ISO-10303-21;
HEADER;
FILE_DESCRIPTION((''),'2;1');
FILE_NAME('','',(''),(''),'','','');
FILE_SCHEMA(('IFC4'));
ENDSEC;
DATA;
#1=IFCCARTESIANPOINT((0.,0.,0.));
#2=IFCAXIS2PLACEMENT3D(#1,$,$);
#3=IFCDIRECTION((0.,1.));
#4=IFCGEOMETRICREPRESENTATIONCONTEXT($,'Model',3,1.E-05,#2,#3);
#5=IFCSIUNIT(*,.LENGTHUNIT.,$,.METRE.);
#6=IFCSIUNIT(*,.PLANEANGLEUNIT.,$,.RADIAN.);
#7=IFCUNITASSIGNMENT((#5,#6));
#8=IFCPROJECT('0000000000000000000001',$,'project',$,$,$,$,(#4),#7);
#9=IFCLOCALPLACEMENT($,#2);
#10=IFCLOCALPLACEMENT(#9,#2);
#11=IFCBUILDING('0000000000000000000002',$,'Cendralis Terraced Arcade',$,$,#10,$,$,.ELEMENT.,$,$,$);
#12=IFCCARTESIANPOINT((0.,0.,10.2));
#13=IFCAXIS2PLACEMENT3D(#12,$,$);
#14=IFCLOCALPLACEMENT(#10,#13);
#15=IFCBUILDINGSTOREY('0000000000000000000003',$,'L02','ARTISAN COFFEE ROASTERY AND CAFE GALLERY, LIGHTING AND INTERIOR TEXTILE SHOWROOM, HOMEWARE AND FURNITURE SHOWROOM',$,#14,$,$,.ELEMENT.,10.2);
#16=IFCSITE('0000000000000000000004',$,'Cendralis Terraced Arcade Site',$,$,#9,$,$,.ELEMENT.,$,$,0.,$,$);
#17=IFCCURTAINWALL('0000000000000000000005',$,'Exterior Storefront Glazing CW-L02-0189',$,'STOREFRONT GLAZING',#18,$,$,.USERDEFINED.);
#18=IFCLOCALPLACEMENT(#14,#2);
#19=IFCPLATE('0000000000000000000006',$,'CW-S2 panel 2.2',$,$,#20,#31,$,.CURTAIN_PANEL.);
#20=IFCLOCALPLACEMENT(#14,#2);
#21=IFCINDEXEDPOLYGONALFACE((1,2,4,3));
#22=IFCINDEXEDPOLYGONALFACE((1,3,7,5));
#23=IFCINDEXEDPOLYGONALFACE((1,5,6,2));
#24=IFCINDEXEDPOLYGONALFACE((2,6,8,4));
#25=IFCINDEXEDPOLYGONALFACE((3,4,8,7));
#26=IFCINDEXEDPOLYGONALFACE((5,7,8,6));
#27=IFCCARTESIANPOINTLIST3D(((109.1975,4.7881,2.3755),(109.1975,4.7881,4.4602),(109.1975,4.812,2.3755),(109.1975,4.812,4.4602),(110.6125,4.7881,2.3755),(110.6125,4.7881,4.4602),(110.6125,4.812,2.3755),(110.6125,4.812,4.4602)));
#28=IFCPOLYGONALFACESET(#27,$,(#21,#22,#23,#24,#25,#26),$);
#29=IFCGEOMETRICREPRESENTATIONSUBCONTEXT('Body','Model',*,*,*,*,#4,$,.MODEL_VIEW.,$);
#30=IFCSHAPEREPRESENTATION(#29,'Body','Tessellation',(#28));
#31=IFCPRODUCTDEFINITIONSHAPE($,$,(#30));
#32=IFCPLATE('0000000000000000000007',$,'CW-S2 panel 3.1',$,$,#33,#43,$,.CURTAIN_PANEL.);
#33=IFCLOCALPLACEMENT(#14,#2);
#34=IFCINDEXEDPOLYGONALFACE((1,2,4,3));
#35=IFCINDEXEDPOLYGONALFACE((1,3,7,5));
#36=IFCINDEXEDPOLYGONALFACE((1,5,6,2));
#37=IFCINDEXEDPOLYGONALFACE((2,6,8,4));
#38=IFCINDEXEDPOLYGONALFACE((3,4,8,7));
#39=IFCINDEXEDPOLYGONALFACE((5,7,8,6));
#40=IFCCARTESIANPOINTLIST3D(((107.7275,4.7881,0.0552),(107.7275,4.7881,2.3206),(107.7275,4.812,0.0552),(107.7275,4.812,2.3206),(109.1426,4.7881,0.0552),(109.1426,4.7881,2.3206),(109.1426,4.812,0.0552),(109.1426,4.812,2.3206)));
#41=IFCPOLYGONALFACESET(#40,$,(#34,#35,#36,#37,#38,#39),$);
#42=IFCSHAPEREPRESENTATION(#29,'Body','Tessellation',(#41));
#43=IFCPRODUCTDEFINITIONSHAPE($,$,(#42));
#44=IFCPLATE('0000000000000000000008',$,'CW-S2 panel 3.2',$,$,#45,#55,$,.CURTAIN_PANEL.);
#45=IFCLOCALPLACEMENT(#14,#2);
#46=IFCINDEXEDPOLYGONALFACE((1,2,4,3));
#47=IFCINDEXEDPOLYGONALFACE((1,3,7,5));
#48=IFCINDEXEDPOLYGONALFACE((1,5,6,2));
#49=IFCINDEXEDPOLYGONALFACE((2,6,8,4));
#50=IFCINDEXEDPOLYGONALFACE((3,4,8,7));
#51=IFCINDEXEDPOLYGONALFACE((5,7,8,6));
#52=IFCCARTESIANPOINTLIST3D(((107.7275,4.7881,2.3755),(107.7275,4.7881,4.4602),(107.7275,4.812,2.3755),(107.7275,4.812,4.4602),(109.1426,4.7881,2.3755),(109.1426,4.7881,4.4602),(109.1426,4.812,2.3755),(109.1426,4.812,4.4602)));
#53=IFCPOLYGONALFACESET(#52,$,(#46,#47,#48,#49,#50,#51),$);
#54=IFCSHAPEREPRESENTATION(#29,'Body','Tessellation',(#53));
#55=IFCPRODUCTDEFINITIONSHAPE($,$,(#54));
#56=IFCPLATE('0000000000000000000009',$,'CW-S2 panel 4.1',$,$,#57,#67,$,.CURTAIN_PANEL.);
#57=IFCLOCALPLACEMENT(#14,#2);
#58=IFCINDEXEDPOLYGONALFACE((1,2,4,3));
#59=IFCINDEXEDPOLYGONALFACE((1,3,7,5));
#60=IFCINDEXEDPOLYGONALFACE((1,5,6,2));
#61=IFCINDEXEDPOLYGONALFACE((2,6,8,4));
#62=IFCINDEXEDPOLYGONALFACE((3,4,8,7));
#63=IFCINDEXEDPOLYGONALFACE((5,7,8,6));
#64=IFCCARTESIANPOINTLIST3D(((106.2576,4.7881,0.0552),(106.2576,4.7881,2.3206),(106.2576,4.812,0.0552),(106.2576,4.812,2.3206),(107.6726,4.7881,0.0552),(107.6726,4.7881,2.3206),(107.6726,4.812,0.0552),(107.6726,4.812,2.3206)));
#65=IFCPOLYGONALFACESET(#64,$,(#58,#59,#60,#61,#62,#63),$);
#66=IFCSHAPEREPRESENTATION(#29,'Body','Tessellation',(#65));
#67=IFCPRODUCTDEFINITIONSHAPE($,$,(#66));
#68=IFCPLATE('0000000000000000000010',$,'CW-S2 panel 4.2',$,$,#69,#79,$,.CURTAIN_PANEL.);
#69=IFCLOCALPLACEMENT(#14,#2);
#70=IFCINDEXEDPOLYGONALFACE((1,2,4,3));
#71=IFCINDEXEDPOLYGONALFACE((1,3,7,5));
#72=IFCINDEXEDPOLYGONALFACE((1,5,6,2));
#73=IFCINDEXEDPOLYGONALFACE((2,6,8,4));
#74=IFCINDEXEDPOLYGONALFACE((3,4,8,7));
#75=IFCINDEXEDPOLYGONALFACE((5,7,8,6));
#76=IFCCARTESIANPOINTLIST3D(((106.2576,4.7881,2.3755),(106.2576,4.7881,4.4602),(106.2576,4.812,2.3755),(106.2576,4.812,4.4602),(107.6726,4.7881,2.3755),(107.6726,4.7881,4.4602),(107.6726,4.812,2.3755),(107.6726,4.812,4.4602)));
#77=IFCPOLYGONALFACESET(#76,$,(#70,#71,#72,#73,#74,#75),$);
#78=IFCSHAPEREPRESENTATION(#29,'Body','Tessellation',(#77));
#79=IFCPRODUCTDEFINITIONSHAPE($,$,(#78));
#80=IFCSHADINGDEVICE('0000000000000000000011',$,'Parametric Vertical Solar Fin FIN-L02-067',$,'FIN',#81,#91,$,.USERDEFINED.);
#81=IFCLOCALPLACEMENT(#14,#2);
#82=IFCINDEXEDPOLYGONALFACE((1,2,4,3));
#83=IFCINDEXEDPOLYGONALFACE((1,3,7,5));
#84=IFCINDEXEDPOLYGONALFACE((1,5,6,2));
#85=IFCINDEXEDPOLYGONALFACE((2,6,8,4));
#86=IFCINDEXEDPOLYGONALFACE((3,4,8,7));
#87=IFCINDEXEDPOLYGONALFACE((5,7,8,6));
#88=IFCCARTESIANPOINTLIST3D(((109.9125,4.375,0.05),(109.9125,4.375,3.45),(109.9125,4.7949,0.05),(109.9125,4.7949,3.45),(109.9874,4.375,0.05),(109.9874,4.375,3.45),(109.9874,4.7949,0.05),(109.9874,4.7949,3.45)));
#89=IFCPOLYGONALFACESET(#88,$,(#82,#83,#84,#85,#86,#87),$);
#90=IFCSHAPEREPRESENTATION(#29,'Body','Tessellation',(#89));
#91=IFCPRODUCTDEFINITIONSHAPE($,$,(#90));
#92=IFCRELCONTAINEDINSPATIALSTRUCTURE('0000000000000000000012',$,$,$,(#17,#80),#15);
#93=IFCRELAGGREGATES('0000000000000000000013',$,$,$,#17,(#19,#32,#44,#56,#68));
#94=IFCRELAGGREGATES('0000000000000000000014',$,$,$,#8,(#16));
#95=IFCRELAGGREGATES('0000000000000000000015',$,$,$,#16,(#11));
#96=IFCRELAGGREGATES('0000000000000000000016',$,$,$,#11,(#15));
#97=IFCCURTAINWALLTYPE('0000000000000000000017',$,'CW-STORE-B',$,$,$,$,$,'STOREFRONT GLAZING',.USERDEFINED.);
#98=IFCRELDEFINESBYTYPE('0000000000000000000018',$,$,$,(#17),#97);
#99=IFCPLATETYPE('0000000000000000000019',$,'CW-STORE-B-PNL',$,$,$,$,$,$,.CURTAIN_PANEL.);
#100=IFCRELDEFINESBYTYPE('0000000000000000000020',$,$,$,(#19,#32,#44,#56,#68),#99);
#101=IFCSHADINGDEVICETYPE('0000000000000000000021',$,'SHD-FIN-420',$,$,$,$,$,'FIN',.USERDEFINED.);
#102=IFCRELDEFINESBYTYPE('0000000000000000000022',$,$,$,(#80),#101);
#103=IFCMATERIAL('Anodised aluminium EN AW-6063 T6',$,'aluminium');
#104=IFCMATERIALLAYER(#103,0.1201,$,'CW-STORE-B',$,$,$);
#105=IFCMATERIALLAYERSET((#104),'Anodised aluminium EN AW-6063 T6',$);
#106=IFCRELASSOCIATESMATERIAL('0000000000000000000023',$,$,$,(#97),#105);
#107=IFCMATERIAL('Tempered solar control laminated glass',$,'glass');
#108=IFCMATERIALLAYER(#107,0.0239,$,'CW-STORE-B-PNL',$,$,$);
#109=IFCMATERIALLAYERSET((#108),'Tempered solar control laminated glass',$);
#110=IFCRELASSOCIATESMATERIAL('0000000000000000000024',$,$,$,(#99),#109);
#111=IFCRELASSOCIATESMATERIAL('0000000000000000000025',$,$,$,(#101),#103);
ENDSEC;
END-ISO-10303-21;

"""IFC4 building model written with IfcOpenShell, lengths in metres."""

from ifc_helpers import new_model, si_unit, direction, frame, origin, origin_2d, place, context, subcontext, project, spatial, rectangle, extrude, material, layer, layer_set, type_object, element, aggregate, save


model = new_model("IFC4")

# Units and contexts
model_context = context("Model", 3, precision=1e-05, world=origin(), true_north=direction((0.0, 1.0)))
body_context = subcontext(model_context, "Body", "Model", "MODEL_VIEW")
ifc_project = project(units=[si_unit("LENGTHUNIT", "METRE"), si_unit("PLANEANGLEUNIT", "RADIAN")], contexts=[model_context])

# Site, building, storey
site_placement = place(None, origin())
site = spatial("IfcSite", under=ifc_project, at=site_placement, Name="Cendralis Terraced Arcade Site", CompositionType="ELEMENT", RefElevation=0.0)
building_placement = place(site_placement, origin())
building = spatial("IfcBuilding", under=site, at=building_placement, Name="Cendralis Terraced Arcade", CompositionType="ELEMENT")
storey_placement = place(building_placement, frame((0.0, 0.0, 10.2)))
storey = spatial("IfcBuildingStorey", under=building, at=storey_placement, Name="L02", Description="ARTISAN COFFEE ROASTERY AND CAFE GALLERY, LIGHTING AND INTERIOR TEXTILE SHOWROOM, HOMEWARE AND FURNITURE SHOWROOM", CompositionType="ELEMENT", Elevation=10.2)

# Curtain wall, plates
ifc_material_1 = material(Name="Anodised aluminium EN AW-6063 T6", Category="aluminium")
ifc_layer_1 = layer(ifc_material_1, 0.1201, Name="CW-STORE-B")
ifc_layer_set_1 = layer_set([ifc_layer_1], Name="Anodised aluminium EN AW-6063 T6")
curtain_wall_type = type_object("IfcCurtainWallType", Name="CW-STORE-B", ElementType="STOREFRONT GLAZING", PredefinedType="USERDEFINED", material=ifc_layer_set_1)
curtain_wall_placement = place(storey_placement, origin())
curtain_wall = element("IfcCurtainWall", 1, at=curtain_wall_placement, inside=storey, type_object=curtain_wall_type, Name="Exterior Storefront Glazing CW-L02-0189", ObjectType="STOREFRONT GLAZING", PredefinedType="USERDEFINED")
ifc_material_2 = material(Name="Tempered solar control laminated glass", Category="glass")
ifc_layer_2 = layer(ifc_material_2, 0.0239, Name="CW-STORE-B-PNL")
ifc_layer_set_2 = layer_set([ifc_layer_2], Name="Tempered solar control laminated glass")
plate_type = type_object("IfcPlateType", Name="CW-STORE-B-PNL", PredefinedType="CURTAIN_PANEL", material=ifc_layer_set_2)
plate_1_placement = place(storey_placement, frame((109.905, 4.8, 2.3755), z_axis=(0.0, 0.0, 1.0), x_axis=(-1.0, 0.0, 0.0)))
plate_1 = element("IfcPlate", 2, at=plate_1_placement, type_object=plate_type, Name="CW-S2 panel 2.2", PredefinedType="CURTAIN_PANEL", context=body_context, shape_type="SweptSolid", body=[
    extrude(rectangle(XDim=1.415, YDim=0.0239, at=origin_2d()), origin(), (0.0, 0.0, 1.0), 2.0847),
])
plate_2_placement = place(storey_placement, frame((108.4351, 4.8, 0.0552), z_axis=(0.0, 0.0, 1.0), x_axis=(-1.0, 0.0, 0.0)))
plate_2 = element("IfcPlate", 3, at=plate_2_placement, type_object=plate_type, Name="CW-S2 panel 3.1", PredefinedType="CURTAIN_PANEL", context=body_context, shape_type="SweptSolid", body=[
    extrude(rectangle(XDim=1.415, YDim=0.0239, at=origin_2d()), origin(), (0.0, 0.0, 1.0), 2.2654),
])
plate_3_placement = place(storey_placement, frame((108.4351, 4.8, 2.3755), z_axis=(0.0, 0.0, 1.0), x_axis=(-1.0, 0.0, 0.0)))
plate_3 = element("IfcPlate", 4, at=plate_3_placement, type_object=plate_type, Name="CW-S2 panel 3.2", PredefinedType="CURTAIN_PANEL", context=body_context, shape_type="SweptSolid", body=[
    extrude(rectangle(XDim=1.415, YDim=0.0239, at=origin_2d()), origin(), (0.0, 0.0, 1.0), 2.0847),
])
plate_4_placement = place(storey_placement, frame((106.9651, 4.8, 0.0552), z_axis=(0.0, 0.0, 1.0), x_axis=(-1.0, 0.0, 0.0)))
plate_4 = element("IfcPlate", 5, at=plate_4_placement, type_object=plate_type, Name="CW-S2 panel 4.1", PredefinedType="CURTAIN_PANEL", context=body_context, shape_type="SweptSolid", body=[
    extrude(rectangle(XDim=1.415, YDim=0.0239, at=origin_2d()), origin(), (0.0, 0.0, 1.0), 2.2654),
])
plate_5_placement = place(storey_placement, frame((106.9651, 4.8, 2.3755), z_axis=(0.0, 0.0, 1.0), x_axis=(-1.0, 0.0, 0.0)))
plate_5 = element("IfcPlate", 6, at=plate_5_placement, type_object=plate_type, Name="CW-S2 panel 4.2", PredefinedType="CURTAIN_PANEL", context=body_context, shape_type="SweptSolid", body=[
    extrude(rectangle(XDim=1.415, YDim=0.0239, at=origin_2d()), origin(), (0.0, 0.0, 1.0), 2.0847),
])
aggregate(curtain_wall, [plate_1, plate_2, plate_3, plate_4, plate_5])

# Shading device
shading_device_type = type_object("IfcShadingDeviceType", Name="SHD-FIN-420", ElementType="FIN", PredefinedType="USERDEFINED", material=ifc_material_1)
shading_device_placement = place(storey_placement, frame((109.95, 4.585, 0.05), z_axis=(0.0, 0.0, 1.0), x_axis=(-1.0, 0.0, 0.0)))
element("IfcShadingDevice", 7, at=shading_device_placement, inside=storey, type_object=shading_device_type, Name="Parametric Vertical Solar Fin FIN-L02-067", ObjectType="FIN", PredefinedType="USERDEFINED", context=body_context, shape_type="SweptSolid", body=[
    extrude(rectangle(XDim=0.075, YDim=0.4199, at=origin_2d()), origin(), (0.0, 0.0, 1.0), 3.3999),
])

save(model, "model.ifc")
